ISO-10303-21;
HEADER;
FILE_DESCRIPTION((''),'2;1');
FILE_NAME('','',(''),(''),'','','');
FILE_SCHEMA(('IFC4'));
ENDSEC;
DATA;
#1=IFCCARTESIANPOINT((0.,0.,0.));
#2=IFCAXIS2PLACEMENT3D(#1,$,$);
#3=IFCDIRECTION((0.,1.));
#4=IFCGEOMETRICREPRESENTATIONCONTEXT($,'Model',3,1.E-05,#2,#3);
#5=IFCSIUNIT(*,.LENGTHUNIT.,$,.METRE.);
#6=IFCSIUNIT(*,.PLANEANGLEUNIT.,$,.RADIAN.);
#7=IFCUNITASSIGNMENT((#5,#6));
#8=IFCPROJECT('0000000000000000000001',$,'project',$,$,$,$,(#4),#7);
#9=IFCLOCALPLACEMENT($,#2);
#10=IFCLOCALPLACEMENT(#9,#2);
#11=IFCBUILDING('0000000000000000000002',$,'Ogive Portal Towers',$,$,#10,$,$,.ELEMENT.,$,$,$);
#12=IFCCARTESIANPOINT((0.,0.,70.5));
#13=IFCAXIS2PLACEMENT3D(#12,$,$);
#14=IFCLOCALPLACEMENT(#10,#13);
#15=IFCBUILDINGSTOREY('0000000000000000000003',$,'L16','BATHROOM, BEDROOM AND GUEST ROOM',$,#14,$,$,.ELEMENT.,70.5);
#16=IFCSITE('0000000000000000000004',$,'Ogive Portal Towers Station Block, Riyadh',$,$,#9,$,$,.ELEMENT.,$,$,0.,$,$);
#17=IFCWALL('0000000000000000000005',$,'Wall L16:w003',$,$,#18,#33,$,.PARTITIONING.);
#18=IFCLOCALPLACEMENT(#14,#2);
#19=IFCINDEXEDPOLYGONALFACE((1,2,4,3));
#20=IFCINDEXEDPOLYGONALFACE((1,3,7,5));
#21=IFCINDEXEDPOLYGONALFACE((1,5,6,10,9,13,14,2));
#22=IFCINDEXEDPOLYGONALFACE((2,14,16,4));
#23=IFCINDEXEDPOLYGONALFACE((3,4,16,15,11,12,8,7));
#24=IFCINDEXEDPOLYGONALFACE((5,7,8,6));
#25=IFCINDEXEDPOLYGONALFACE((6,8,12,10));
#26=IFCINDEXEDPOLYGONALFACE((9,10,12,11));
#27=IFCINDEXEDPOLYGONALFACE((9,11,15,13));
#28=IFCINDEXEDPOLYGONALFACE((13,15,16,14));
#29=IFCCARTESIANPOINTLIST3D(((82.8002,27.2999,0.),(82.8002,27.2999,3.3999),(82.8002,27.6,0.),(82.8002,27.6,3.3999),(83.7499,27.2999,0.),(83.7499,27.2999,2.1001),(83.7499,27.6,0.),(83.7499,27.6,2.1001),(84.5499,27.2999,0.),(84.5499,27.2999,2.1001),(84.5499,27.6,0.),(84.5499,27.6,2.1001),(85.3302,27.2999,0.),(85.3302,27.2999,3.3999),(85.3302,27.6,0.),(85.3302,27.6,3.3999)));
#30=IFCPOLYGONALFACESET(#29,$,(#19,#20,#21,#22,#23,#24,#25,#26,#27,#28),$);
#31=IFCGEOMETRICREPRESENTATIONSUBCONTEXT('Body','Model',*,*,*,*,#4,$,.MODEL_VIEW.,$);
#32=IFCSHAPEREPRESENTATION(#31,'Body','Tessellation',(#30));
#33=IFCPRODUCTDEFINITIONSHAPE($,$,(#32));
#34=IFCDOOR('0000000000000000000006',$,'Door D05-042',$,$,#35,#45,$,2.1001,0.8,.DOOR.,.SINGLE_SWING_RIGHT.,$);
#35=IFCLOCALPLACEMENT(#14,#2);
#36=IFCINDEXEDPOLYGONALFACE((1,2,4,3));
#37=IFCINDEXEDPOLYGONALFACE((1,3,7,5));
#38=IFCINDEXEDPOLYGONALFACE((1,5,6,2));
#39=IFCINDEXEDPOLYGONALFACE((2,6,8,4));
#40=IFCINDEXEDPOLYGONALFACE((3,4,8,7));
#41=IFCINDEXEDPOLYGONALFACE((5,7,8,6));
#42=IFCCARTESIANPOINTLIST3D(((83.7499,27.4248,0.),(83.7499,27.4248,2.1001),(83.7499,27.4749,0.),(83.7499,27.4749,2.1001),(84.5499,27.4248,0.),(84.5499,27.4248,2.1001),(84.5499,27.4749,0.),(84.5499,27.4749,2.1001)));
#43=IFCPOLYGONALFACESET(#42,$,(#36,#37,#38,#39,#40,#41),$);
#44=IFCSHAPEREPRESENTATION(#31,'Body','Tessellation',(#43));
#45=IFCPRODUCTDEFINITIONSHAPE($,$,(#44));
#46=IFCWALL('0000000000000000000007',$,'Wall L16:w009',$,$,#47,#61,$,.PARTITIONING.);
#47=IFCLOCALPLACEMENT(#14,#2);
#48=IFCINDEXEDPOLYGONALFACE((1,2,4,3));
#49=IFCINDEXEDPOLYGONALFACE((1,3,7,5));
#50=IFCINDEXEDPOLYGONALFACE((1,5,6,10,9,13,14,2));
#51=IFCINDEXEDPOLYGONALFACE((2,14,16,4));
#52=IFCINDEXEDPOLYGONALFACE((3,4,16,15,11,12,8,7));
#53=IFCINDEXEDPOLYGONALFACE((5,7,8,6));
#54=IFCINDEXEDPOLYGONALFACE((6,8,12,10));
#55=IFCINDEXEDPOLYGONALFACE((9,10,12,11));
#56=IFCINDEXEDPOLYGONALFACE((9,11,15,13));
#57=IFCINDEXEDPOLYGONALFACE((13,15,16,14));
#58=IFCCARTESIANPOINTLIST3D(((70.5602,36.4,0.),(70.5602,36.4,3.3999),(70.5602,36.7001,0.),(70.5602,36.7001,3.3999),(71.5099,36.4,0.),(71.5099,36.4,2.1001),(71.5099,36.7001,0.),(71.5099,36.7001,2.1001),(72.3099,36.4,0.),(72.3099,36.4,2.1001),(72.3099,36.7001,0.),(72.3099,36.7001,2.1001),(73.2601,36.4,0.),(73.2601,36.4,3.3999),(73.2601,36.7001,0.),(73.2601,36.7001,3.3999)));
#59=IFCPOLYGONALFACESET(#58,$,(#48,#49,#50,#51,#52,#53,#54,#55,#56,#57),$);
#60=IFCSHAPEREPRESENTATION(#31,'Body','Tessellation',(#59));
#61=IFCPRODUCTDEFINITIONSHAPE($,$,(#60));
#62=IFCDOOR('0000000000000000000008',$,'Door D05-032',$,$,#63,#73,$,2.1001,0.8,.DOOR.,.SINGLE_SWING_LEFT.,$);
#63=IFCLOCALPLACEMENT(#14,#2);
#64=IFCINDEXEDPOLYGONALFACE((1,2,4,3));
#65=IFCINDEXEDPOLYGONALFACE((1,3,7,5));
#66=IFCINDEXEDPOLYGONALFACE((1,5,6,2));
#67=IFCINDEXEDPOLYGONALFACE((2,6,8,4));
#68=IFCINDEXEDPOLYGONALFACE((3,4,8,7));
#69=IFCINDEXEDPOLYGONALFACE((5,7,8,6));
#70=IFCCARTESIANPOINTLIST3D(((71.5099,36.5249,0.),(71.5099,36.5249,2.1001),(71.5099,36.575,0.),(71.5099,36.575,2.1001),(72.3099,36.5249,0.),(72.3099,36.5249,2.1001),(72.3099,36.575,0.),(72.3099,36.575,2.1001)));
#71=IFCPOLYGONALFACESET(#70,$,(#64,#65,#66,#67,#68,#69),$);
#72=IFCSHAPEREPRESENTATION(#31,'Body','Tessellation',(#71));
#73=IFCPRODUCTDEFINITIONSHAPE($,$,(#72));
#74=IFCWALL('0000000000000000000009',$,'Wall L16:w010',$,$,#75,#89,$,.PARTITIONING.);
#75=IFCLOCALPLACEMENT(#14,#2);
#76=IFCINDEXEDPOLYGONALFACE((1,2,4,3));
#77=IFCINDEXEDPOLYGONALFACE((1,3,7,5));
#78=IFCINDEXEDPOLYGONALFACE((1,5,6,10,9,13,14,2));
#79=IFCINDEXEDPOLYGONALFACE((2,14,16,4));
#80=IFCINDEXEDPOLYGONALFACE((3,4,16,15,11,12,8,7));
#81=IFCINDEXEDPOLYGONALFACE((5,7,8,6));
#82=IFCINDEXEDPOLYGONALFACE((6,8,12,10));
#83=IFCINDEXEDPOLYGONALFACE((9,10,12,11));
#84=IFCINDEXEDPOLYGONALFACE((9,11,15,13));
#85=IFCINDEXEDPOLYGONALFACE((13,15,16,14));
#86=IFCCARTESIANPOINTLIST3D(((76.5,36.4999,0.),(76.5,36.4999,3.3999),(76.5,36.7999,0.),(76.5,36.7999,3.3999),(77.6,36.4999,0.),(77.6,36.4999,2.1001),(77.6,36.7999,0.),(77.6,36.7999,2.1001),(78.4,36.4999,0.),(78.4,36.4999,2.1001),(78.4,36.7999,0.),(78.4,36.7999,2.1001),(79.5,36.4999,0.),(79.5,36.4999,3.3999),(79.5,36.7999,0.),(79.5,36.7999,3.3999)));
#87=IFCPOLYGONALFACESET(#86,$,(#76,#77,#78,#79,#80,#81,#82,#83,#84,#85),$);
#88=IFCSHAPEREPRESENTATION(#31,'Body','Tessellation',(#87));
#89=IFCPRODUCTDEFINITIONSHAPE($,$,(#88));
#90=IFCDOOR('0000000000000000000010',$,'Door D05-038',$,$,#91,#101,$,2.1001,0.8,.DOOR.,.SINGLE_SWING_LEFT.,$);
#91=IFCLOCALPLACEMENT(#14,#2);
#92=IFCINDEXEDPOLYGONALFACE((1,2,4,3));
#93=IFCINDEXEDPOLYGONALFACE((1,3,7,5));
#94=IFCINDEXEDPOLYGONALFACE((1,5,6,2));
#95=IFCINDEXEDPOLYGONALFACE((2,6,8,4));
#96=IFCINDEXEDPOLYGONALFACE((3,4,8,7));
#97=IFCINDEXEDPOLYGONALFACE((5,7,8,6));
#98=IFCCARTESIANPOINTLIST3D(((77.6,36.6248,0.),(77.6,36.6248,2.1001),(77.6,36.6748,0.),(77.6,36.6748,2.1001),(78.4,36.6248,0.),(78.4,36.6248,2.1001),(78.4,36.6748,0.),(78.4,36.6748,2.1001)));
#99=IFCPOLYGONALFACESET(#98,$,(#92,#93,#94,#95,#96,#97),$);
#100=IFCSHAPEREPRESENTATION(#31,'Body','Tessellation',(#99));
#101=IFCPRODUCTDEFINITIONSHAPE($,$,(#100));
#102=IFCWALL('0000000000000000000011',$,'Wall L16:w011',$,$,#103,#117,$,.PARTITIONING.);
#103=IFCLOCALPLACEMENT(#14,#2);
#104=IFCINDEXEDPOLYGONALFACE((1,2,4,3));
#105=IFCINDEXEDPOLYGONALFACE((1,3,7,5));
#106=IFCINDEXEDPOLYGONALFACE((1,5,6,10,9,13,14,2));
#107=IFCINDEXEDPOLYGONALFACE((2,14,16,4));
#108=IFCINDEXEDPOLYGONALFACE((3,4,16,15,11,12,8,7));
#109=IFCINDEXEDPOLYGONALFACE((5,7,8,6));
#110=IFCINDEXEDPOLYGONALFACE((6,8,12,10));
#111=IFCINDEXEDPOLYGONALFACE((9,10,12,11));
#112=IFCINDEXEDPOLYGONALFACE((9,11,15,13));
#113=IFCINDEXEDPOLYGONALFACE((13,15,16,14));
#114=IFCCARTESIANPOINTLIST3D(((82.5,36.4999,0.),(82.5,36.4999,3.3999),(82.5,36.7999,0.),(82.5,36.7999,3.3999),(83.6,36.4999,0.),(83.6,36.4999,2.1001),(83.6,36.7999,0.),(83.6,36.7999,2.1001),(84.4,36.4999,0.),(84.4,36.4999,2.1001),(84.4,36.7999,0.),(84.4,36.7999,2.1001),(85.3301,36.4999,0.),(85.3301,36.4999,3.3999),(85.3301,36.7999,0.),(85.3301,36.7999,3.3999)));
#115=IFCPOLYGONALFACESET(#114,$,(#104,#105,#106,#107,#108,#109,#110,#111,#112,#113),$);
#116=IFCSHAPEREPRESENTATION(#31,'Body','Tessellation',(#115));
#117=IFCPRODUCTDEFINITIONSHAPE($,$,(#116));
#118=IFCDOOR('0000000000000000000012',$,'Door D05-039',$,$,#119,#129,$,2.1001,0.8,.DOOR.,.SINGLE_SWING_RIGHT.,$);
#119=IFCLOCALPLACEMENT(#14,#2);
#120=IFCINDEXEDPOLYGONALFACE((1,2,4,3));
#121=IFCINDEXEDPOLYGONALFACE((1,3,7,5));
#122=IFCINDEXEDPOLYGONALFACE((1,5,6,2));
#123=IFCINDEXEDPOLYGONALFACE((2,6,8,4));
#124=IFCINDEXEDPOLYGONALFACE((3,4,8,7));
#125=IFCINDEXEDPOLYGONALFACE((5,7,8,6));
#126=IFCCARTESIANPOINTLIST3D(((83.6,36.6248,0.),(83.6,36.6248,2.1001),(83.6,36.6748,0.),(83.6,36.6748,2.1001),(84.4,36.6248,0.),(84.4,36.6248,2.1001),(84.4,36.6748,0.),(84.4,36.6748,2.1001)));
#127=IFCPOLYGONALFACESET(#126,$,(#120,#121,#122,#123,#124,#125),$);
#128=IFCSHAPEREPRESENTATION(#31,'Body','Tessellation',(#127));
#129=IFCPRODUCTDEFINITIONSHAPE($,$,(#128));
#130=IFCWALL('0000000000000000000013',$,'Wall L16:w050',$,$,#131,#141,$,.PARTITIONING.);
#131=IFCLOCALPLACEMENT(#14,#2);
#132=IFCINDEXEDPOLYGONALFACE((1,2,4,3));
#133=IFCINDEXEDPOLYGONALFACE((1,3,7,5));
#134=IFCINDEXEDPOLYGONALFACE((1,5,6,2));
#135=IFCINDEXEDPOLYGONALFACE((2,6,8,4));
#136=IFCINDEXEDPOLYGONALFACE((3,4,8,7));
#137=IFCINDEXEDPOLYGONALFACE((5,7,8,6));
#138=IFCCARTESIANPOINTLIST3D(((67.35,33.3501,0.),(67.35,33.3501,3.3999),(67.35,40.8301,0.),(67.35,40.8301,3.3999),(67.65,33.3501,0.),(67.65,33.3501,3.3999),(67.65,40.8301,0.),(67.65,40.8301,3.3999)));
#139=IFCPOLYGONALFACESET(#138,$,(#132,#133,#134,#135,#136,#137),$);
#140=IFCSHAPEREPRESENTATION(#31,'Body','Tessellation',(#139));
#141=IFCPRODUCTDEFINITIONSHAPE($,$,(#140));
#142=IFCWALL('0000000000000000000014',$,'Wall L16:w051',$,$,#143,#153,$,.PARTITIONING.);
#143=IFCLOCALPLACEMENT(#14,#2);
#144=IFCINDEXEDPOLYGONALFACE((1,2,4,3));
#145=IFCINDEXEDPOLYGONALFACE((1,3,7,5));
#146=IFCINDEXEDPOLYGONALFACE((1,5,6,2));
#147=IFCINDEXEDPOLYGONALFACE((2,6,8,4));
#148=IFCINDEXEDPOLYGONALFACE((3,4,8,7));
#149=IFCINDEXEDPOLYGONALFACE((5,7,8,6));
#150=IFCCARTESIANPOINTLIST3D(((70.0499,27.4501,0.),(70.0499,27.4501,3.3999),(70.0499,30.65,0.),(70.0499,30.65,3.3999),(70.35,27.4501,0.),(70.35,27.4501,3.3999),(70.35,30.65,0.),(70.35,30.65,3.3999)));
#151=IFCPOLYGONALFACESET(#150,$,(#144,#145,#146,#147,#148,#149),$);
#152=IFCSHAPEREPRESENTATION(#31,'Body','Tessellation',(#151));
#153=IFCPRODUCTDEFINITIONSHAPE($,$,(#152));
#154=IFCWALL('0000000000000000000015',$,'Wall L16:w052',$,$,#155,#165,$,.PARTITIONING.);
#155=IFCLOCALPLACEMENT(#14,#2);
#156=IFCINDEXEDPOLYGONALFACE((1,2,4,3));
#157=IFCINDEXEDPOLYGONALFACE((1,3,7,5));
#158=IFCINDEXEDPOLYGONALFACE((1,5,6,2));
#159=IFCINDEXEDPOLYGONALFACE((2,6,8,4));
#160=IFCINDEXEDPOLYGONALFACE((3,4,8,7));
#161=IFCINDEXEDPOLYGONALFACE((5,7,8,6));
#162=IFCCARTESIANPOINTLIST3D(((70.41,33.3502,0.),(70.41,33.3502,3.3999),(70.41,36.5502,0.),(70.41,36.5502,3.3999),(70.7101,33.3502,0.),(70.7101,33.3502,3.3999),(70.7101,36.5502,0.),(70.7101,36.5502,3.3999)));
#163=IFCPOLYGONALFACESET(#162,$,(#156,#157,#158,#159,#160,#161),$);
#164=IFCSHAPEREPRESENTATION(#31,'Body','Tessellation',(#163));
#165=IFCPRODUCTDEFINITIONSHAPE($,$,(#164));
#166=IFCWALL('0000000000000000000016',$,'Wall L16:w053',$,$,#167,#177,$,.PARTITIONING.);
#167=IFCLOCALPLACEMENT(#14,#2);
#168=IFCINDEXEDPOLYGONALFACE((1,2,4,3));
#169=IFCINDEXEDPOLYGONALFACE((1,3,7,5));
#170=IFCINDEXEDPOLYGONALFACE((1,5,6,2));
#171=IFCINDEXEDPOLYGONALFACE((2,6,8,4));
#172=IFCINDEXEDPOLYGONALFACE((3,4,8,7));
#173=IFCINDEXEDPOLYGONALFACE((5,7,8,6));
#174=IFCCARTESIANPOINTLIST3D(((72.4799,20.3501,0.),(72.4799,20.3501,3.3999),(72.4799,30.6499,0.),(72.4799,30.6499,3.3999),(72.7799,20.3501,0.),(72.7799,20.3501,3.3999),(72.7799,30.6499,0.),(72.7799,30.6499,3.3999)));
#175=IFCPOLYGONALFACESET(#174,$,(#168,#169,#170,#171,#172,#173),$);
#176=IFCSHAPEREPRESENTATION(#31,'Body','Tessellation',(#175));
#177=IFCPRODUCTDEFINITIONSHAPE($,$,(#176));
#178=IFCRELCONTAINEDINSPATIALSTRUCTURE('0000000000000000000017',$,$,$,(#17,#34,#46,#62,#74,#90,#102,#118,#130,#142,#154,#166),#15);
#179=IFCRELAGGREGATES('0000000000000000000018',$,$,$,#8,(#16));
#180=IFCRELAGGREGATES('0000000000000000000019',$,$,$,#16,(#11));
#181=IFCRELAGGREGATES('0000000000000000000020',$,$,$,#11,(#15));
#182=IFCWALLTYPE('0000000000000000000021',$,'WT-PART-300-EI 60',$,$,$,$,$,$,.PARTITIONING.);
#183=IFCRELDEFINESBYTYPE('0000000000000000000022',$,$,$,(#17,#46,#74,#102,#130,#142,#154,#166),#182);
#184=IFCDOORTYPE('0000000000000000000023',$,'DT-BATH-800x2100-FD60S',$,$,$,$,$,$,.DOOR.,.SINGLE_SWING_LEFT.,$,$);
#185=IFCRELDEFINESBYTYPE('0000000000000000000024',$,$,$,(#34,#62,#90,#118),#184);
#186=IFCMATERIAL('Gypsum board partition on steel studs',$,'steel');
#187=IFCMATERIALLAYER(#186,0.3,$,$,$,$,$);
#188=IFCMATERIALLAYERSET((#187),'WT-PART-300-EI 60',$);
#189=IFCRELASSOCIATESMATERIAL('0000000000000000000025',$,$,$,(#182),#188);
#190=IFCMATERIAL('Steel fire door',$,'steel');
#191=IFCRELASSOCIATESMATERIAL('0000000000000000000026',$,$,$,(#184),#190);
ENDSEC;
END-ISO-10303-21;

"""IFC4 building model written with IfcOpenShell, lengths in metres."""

from ifc_helpers import new_model, si_unit, direction, frame, frame_2d, origin, place, context, subcontext, project, spatial, rectangle, extrude, material, layer, layer_set, type_object, element, fill, save


model = new_model("IFC4")

# Units and contexts
model_context = context("Model", 3, precision=1e-05, world=origin(), true_north=direction((0.0, 1.0)))
body_context = subcontext(model_context, "Body", "Model", "MODEL_VIEW")
ifc_project = project(units=[si_unit("LENGTHUNIT", "METRE"), si_unit("PLANEANGLEUNIT", "RADIAN")], contexts=[model_context])

# Site, building, storey
site_placement = place(None, origin())
site = spatial("IfcSite", under=ifc_project, at=site_placement, Name="Ogive Portal Towers Station Block, Riyadh", CompositionType="ELEMENT", RefElevation=0.0)
building_placement = place(site_placement, origin())
building = spatial("IfcBuilding", under=site, at=building_placement, Name="Ogive Portal Towers", CompositionType="ELEMENT")
storey_placement = place(building_placement, frame((0.0, 0.0, 70.5)))
storey = spatial("IfcBuildingStorey", under=building, at=storey_placement, Name="L16", Description="BATHROOM, BEDROOM AND GUEST ROOM", CompositionType="ELEMENT", Elevation=70.5)

# Walls, openings, doors
ifc_material_1 = material(Name="Gypsum board partition on steel studs", Category="steel")
ifc_layer_1 = layer(ifc_material_1, 0.3)
ifc_layer_set_1 = layer_set([ifc_layer_1], Name="WT-PART-300-EI 60")
wall_type = type_object("IfcWallType", Name="WT-PART-300-EI 60", PredefinedType="PARTITIONING", material=ifc_layer_set_1)
wall_1_placement = place(storey_placement, frame((82.8, 27.45, 0.0), z_axis=(0.0, 0.0, 1.0), x_axis=(1.0, 0.0, 0.0)))
wall_1 = element("IfcWall", 1, at=wall_1_placement, inside=storey, type_object=wall_type, Name="Wall L16:w003", PredefinedType="PARTITIONING", context=body_context, shape_type="SweptSolid", body=[
    extrude(rectangle(XDim=2.53, YDim=0.3, at=frame_2d((1.2651, 0.0))), origin(), (0.0, 0.0, 1.0), 3.3999),
])
opening_1_placement = place(wall_1_placement, frame((0.95, 0.0, 0.0)))
opening_1 = element("IfcOpeningElement", 2, at=opening_1_placement, cuts=wall_1, PredefinedType="OPENING", context=body_context, shape_type="SweptSolid", body=[
    extrude(rectangle(XDim=0.8, YDim=2.1001, at=frame_2d((0.3999, 1.05))), frame((0.0, 0.1602, 0.0), z_axis=(0.0, -1.0, 0.0), x_axis=(1.0, 0.0, 0.0)), (0.0, 0.0, 1.0), 0.3201),
])
ifc_material_2 = material(Name="Steel fire door", Category="steel")
door_type = type_object("IfcDoorType", Name="DT-BATH-800x2100-FD60S", OperationType="SINGLE_SWING_LEFT", PredefinedType="DOOR", material=ifc_material_2)
door_1_placement = place(opening_1_placement, origin())
door_1 = element("IfcDoor", 3, at=door_1_placement, inside=storey, type_object=door_type, Name="Door D05-042", OperationType="SINGLE_SWING_RIGHT", OverallHeight=2.1001, OverallWidth=0.8, PredefinedType="DOOR", context=body_context, shape_type="SweptSolid", body=[
    extrude(rectangle(XDim=0.8, YDim=2.1001, at=frame_2d((0.3999, 1.05))), frame((0.0, 0.0249, 0.0), z_axis=(0.0, -1.0, 0.0), x_axis=(1.0, 0.0, 0.0)), (0.0, 0.0, 1.0), 0.05),
])
fill(opening_1, door_1)
wall_2_placement = place(storey_placement, frame((70.5601, 36.55, 0.0), z_axis=(0.0, 0.0, 1.0), x_axis=(1.0, 0.0, 0.0)))
wall_2 = element("IfcWall", 4, at=wall_2_placement, inside=storey, type_object=wall_type, Name="Wall L16:w009", PredefinedType="PARTITIONING", context=body_context, shape_type="SweptSolid", body=[
    extrude(rectangle(XDim=2.7, YDim=0.3, at=frame_2d((1.3501, 0.0))), origin(), (0.0, 0.0, 1.0), 3.3999),
])
opening_2_placement = place(wall_2_placement, frame((0.95, 0.0, 0.0)))
opening_2 = element("IfcOpeningElement", 5, at=opening_2_placement, cuts=wall_2, PredefinedType="OPENING", context=body_context, shape_type="SweptSolid", body=[
    extrude(rectangle(XDim=0.8, YDim=2.1001, at=frame_2d((0.3999, 1.05))), frame((0.0, 0.1602, 0.0), z_axis=(0.0, -1.0, 0.0), x_axis=(1.0, 0.0, 0.0)), (0.0, 0.0, 1.0), 0.3201),
])
door_2_placement = place(opening_2_placement, origin())
door_2 = element("IfcDoor", 6, at=door_2_placement, inside=storey, type_object=door_type, Name="Door D05-032", OperationType="SINGLE_SWING_LEFT", OverallHeight=2.1001, OverallWidth=0.8, PredefinedType="DOOR", context=body_context, shape_type="SweptSolid", body=[
    extrude(rectangle(XDim=0.8, YDim=2.1001, at=frame_2d((0.3999, 1.05))), frame((0.0, 0.0249, 0.0), z_axis=(0.0, -1.0, 0.0), x_axis=(1.0, 0.0, 0.0)), (0.0, 0.0, 1.0), 0.05),
])
fill(opening_2, door_2)
wall_3_placement = place(storey_placement, frame((76.5, 36.6499, 0.0), z_axis=(0.0, 0.0, 1.0), x_axis=(1.0, 0.0, 0.0)))
wall_3 = element("IfcWall", 7, at=wall_3_placement, inside=storey, type_object=wall_type, Name="Wall L16:w010", PredefinedType="PARTITIONING", context=body_context, shape_type="SweptSolid", body=[
    extrude(rectangle(XDim=3.0, YDim=0.3, at=frame_2d((1.5, 0.0))), origin(), (0.0, 0.0, 1.0), 3.3999),
])
opening_3_placement = place(wall_3_placement, frame((1.1001, 0.0, 0.0)))
opening_3 = element("IfcOpeningElement", 8, at=opening_3_placement, cuts=wall_3, PredefinedType="OPENING", context=body_context, shape_type="SweptSolid", body=[
    extrude(rectangle(XDim=0.8, YDim=2.1001, at=frame_2d((0.3999, 1.05))), frame((0.0, 0.1602, 0.0), z_axis=(0.0, -1.0, 0.0), x_axis=(1.0, 0.0, 0.0)), (0.0, 0.0, 1.0), 0.3201),
])
door_3_placement = place(opening_3_placement, origin())
door_3 = element("IfcDoor", 9, at=door_3_placement, inside=storey, type_object=door_type, Name="Door D05-038", OperationType="SINGLE_SWING_LEFT", OverallHeight=2.1001, OverallWidth=0.8, PredefinedType="DOOR", context=body_context, shape_type="SweptSolid", body=[
    extrude(rectangle(XDim=0.8, YDim=2.1001, at=frame_2d((0.3999, 1.05))), frame((0.0, 0.0249, 0.0), z_axis=(0.0, -1.0, 0.0), x_axis=(1.0, 0.0, 0.0)), (0.0, 0.0, 1.0), 0.05),
])
fill(opening_3, door_3)
wall_4_placement = place(storey_placement, frame((82.5, 36.6499, 0.0), z_axis=(0.0, 0.0, 1.0), x_axis=(1.0, 0.0, 0.0)))
wall_4 = element("IfcWall", 10, at=wall_4_placement, inside=storey, type_object=wall_type, Name="Wall L16:w011", PredefinedType="PARTITIONING", context=body_context, shape_type="SweptSolid", body=[
    extrude(rectangle(XDim=2.8301, YDim=0.3, at=frame_2d((1.415, 0.0))), origin(), (0.0, 0.0, 1.0), 3.3999),
])
opening_4_placement = place(wall_4_placement, frame((1.1001, 0.0, 0.0)))
opening_4 = element("IfcOpeningElement", 11, at=opening_4_placement, cuts=wall_4, PredefinedType="OPENING", context=body_context, shape_type="SweptSolid", body=[
    extrude(rectangle(XDim=0.8, YDim=2.1001, at=frame_2d((0.3999, 1.05))), frame((0.0, 0.1602, 0.0), z_axis=(0.0, -1.0, 0.0), x_axis=(1.0, 0.0, 0.0)), (0.0, 0.0, 1.0), 0.3201),
])
door_4_placement = place(opening_4_placement, origin())
door_4 = element("IfcDoor", 12, at=door_4_placement, inside=storey, type_object=door_type, Name="Door D05-039", OperationType="SINGLE_SWING_RIGHT", OverallHeight=2.1001, OverallWidth=0.8, PredefinedType="DOOR", context=body_context, shape_type="SweptSolid", body=[
    extrude(rectangle(XDim=0.8, YDim=2.1001, at=frame_2d((0.3999, 1.05))), frame((0.0, 0.0249, 0.0), z_axis=(0.0, -1.0, 0.0), x_axis=(1.0, 0.0, 0.0)), (0.0, 0.0, 1.0), 0.05),
])
fill(opening_4, door_4)

# Walls
wall_5_placement = place(storey_placement, frame((67.5, 33.3501, 0.0), z_axis=(0.0, 0.0, 1.0), x_axis=(0.0, 1.0, 0.0)))
element("IfcWall", 13, at=wall_5_placement, inside=storey, type_object=wall_type, Name="Wall L16:w050", PredefinedType="PARTITIONING", context=body_context, shape_type="SweptSolid", body=[
    extrude(rectangle(XDim=7.48, YDim=0.3, at=frame_2d((3.74, 0.0))), origin(), (0.0, 0.0, 1.0), 3.3999),
])
for number, where, z_axis, x_axis, name in (
    (14, (70.2, 27.45, 0.0), (0.0, 0.0, 1.0), (0.0, 1.0, 0.0), "Wall L16:w051"),
    (15, (70.5601, 33.3501, 0.0), (0.0, 0.0, 1.0), (0.0, 1.0, 0.0), "Wall L16:w052"),
):
    element("IfcWall", number, at=place(storey_placement, frame(where, z_axis=z_axis, x_axis=x_axis)), inside=storey, type_object=wall_type, Name=name, PredefinedType="PARTITIONING", context=body_context, shape_type="SweptSolid", body=[
        extrude(rectangle(XDim=3.2, YDim=0.3, at=frame_2d((1.6001, 0.0))), origin(), (0.0, 0.0, 1.0), 3.3999),
    ])
wall_6_placement = place(storey_placement, frame((72.6299, 20.3501, 0.0), z_axis=(0.0, 0.0, 1.0), x_axis=(0.0, 1.0, 0.0)))
element("IfcWall", 16, at=wall_6_placement, inside=storey, type_object=wall_type, Name="Wall L16:w053", PredefinedType="PARTITIONING", context=body_context, shape_type="SweptSolid", body=[
    extrude(rectangle(XDim=10.2998, YDim=0.3, at=frame_2d((5.1499, 0.0))), origin(), (0.0, 0.0, 1.0), 3.3999),
])

save(model, "model.ifc")
